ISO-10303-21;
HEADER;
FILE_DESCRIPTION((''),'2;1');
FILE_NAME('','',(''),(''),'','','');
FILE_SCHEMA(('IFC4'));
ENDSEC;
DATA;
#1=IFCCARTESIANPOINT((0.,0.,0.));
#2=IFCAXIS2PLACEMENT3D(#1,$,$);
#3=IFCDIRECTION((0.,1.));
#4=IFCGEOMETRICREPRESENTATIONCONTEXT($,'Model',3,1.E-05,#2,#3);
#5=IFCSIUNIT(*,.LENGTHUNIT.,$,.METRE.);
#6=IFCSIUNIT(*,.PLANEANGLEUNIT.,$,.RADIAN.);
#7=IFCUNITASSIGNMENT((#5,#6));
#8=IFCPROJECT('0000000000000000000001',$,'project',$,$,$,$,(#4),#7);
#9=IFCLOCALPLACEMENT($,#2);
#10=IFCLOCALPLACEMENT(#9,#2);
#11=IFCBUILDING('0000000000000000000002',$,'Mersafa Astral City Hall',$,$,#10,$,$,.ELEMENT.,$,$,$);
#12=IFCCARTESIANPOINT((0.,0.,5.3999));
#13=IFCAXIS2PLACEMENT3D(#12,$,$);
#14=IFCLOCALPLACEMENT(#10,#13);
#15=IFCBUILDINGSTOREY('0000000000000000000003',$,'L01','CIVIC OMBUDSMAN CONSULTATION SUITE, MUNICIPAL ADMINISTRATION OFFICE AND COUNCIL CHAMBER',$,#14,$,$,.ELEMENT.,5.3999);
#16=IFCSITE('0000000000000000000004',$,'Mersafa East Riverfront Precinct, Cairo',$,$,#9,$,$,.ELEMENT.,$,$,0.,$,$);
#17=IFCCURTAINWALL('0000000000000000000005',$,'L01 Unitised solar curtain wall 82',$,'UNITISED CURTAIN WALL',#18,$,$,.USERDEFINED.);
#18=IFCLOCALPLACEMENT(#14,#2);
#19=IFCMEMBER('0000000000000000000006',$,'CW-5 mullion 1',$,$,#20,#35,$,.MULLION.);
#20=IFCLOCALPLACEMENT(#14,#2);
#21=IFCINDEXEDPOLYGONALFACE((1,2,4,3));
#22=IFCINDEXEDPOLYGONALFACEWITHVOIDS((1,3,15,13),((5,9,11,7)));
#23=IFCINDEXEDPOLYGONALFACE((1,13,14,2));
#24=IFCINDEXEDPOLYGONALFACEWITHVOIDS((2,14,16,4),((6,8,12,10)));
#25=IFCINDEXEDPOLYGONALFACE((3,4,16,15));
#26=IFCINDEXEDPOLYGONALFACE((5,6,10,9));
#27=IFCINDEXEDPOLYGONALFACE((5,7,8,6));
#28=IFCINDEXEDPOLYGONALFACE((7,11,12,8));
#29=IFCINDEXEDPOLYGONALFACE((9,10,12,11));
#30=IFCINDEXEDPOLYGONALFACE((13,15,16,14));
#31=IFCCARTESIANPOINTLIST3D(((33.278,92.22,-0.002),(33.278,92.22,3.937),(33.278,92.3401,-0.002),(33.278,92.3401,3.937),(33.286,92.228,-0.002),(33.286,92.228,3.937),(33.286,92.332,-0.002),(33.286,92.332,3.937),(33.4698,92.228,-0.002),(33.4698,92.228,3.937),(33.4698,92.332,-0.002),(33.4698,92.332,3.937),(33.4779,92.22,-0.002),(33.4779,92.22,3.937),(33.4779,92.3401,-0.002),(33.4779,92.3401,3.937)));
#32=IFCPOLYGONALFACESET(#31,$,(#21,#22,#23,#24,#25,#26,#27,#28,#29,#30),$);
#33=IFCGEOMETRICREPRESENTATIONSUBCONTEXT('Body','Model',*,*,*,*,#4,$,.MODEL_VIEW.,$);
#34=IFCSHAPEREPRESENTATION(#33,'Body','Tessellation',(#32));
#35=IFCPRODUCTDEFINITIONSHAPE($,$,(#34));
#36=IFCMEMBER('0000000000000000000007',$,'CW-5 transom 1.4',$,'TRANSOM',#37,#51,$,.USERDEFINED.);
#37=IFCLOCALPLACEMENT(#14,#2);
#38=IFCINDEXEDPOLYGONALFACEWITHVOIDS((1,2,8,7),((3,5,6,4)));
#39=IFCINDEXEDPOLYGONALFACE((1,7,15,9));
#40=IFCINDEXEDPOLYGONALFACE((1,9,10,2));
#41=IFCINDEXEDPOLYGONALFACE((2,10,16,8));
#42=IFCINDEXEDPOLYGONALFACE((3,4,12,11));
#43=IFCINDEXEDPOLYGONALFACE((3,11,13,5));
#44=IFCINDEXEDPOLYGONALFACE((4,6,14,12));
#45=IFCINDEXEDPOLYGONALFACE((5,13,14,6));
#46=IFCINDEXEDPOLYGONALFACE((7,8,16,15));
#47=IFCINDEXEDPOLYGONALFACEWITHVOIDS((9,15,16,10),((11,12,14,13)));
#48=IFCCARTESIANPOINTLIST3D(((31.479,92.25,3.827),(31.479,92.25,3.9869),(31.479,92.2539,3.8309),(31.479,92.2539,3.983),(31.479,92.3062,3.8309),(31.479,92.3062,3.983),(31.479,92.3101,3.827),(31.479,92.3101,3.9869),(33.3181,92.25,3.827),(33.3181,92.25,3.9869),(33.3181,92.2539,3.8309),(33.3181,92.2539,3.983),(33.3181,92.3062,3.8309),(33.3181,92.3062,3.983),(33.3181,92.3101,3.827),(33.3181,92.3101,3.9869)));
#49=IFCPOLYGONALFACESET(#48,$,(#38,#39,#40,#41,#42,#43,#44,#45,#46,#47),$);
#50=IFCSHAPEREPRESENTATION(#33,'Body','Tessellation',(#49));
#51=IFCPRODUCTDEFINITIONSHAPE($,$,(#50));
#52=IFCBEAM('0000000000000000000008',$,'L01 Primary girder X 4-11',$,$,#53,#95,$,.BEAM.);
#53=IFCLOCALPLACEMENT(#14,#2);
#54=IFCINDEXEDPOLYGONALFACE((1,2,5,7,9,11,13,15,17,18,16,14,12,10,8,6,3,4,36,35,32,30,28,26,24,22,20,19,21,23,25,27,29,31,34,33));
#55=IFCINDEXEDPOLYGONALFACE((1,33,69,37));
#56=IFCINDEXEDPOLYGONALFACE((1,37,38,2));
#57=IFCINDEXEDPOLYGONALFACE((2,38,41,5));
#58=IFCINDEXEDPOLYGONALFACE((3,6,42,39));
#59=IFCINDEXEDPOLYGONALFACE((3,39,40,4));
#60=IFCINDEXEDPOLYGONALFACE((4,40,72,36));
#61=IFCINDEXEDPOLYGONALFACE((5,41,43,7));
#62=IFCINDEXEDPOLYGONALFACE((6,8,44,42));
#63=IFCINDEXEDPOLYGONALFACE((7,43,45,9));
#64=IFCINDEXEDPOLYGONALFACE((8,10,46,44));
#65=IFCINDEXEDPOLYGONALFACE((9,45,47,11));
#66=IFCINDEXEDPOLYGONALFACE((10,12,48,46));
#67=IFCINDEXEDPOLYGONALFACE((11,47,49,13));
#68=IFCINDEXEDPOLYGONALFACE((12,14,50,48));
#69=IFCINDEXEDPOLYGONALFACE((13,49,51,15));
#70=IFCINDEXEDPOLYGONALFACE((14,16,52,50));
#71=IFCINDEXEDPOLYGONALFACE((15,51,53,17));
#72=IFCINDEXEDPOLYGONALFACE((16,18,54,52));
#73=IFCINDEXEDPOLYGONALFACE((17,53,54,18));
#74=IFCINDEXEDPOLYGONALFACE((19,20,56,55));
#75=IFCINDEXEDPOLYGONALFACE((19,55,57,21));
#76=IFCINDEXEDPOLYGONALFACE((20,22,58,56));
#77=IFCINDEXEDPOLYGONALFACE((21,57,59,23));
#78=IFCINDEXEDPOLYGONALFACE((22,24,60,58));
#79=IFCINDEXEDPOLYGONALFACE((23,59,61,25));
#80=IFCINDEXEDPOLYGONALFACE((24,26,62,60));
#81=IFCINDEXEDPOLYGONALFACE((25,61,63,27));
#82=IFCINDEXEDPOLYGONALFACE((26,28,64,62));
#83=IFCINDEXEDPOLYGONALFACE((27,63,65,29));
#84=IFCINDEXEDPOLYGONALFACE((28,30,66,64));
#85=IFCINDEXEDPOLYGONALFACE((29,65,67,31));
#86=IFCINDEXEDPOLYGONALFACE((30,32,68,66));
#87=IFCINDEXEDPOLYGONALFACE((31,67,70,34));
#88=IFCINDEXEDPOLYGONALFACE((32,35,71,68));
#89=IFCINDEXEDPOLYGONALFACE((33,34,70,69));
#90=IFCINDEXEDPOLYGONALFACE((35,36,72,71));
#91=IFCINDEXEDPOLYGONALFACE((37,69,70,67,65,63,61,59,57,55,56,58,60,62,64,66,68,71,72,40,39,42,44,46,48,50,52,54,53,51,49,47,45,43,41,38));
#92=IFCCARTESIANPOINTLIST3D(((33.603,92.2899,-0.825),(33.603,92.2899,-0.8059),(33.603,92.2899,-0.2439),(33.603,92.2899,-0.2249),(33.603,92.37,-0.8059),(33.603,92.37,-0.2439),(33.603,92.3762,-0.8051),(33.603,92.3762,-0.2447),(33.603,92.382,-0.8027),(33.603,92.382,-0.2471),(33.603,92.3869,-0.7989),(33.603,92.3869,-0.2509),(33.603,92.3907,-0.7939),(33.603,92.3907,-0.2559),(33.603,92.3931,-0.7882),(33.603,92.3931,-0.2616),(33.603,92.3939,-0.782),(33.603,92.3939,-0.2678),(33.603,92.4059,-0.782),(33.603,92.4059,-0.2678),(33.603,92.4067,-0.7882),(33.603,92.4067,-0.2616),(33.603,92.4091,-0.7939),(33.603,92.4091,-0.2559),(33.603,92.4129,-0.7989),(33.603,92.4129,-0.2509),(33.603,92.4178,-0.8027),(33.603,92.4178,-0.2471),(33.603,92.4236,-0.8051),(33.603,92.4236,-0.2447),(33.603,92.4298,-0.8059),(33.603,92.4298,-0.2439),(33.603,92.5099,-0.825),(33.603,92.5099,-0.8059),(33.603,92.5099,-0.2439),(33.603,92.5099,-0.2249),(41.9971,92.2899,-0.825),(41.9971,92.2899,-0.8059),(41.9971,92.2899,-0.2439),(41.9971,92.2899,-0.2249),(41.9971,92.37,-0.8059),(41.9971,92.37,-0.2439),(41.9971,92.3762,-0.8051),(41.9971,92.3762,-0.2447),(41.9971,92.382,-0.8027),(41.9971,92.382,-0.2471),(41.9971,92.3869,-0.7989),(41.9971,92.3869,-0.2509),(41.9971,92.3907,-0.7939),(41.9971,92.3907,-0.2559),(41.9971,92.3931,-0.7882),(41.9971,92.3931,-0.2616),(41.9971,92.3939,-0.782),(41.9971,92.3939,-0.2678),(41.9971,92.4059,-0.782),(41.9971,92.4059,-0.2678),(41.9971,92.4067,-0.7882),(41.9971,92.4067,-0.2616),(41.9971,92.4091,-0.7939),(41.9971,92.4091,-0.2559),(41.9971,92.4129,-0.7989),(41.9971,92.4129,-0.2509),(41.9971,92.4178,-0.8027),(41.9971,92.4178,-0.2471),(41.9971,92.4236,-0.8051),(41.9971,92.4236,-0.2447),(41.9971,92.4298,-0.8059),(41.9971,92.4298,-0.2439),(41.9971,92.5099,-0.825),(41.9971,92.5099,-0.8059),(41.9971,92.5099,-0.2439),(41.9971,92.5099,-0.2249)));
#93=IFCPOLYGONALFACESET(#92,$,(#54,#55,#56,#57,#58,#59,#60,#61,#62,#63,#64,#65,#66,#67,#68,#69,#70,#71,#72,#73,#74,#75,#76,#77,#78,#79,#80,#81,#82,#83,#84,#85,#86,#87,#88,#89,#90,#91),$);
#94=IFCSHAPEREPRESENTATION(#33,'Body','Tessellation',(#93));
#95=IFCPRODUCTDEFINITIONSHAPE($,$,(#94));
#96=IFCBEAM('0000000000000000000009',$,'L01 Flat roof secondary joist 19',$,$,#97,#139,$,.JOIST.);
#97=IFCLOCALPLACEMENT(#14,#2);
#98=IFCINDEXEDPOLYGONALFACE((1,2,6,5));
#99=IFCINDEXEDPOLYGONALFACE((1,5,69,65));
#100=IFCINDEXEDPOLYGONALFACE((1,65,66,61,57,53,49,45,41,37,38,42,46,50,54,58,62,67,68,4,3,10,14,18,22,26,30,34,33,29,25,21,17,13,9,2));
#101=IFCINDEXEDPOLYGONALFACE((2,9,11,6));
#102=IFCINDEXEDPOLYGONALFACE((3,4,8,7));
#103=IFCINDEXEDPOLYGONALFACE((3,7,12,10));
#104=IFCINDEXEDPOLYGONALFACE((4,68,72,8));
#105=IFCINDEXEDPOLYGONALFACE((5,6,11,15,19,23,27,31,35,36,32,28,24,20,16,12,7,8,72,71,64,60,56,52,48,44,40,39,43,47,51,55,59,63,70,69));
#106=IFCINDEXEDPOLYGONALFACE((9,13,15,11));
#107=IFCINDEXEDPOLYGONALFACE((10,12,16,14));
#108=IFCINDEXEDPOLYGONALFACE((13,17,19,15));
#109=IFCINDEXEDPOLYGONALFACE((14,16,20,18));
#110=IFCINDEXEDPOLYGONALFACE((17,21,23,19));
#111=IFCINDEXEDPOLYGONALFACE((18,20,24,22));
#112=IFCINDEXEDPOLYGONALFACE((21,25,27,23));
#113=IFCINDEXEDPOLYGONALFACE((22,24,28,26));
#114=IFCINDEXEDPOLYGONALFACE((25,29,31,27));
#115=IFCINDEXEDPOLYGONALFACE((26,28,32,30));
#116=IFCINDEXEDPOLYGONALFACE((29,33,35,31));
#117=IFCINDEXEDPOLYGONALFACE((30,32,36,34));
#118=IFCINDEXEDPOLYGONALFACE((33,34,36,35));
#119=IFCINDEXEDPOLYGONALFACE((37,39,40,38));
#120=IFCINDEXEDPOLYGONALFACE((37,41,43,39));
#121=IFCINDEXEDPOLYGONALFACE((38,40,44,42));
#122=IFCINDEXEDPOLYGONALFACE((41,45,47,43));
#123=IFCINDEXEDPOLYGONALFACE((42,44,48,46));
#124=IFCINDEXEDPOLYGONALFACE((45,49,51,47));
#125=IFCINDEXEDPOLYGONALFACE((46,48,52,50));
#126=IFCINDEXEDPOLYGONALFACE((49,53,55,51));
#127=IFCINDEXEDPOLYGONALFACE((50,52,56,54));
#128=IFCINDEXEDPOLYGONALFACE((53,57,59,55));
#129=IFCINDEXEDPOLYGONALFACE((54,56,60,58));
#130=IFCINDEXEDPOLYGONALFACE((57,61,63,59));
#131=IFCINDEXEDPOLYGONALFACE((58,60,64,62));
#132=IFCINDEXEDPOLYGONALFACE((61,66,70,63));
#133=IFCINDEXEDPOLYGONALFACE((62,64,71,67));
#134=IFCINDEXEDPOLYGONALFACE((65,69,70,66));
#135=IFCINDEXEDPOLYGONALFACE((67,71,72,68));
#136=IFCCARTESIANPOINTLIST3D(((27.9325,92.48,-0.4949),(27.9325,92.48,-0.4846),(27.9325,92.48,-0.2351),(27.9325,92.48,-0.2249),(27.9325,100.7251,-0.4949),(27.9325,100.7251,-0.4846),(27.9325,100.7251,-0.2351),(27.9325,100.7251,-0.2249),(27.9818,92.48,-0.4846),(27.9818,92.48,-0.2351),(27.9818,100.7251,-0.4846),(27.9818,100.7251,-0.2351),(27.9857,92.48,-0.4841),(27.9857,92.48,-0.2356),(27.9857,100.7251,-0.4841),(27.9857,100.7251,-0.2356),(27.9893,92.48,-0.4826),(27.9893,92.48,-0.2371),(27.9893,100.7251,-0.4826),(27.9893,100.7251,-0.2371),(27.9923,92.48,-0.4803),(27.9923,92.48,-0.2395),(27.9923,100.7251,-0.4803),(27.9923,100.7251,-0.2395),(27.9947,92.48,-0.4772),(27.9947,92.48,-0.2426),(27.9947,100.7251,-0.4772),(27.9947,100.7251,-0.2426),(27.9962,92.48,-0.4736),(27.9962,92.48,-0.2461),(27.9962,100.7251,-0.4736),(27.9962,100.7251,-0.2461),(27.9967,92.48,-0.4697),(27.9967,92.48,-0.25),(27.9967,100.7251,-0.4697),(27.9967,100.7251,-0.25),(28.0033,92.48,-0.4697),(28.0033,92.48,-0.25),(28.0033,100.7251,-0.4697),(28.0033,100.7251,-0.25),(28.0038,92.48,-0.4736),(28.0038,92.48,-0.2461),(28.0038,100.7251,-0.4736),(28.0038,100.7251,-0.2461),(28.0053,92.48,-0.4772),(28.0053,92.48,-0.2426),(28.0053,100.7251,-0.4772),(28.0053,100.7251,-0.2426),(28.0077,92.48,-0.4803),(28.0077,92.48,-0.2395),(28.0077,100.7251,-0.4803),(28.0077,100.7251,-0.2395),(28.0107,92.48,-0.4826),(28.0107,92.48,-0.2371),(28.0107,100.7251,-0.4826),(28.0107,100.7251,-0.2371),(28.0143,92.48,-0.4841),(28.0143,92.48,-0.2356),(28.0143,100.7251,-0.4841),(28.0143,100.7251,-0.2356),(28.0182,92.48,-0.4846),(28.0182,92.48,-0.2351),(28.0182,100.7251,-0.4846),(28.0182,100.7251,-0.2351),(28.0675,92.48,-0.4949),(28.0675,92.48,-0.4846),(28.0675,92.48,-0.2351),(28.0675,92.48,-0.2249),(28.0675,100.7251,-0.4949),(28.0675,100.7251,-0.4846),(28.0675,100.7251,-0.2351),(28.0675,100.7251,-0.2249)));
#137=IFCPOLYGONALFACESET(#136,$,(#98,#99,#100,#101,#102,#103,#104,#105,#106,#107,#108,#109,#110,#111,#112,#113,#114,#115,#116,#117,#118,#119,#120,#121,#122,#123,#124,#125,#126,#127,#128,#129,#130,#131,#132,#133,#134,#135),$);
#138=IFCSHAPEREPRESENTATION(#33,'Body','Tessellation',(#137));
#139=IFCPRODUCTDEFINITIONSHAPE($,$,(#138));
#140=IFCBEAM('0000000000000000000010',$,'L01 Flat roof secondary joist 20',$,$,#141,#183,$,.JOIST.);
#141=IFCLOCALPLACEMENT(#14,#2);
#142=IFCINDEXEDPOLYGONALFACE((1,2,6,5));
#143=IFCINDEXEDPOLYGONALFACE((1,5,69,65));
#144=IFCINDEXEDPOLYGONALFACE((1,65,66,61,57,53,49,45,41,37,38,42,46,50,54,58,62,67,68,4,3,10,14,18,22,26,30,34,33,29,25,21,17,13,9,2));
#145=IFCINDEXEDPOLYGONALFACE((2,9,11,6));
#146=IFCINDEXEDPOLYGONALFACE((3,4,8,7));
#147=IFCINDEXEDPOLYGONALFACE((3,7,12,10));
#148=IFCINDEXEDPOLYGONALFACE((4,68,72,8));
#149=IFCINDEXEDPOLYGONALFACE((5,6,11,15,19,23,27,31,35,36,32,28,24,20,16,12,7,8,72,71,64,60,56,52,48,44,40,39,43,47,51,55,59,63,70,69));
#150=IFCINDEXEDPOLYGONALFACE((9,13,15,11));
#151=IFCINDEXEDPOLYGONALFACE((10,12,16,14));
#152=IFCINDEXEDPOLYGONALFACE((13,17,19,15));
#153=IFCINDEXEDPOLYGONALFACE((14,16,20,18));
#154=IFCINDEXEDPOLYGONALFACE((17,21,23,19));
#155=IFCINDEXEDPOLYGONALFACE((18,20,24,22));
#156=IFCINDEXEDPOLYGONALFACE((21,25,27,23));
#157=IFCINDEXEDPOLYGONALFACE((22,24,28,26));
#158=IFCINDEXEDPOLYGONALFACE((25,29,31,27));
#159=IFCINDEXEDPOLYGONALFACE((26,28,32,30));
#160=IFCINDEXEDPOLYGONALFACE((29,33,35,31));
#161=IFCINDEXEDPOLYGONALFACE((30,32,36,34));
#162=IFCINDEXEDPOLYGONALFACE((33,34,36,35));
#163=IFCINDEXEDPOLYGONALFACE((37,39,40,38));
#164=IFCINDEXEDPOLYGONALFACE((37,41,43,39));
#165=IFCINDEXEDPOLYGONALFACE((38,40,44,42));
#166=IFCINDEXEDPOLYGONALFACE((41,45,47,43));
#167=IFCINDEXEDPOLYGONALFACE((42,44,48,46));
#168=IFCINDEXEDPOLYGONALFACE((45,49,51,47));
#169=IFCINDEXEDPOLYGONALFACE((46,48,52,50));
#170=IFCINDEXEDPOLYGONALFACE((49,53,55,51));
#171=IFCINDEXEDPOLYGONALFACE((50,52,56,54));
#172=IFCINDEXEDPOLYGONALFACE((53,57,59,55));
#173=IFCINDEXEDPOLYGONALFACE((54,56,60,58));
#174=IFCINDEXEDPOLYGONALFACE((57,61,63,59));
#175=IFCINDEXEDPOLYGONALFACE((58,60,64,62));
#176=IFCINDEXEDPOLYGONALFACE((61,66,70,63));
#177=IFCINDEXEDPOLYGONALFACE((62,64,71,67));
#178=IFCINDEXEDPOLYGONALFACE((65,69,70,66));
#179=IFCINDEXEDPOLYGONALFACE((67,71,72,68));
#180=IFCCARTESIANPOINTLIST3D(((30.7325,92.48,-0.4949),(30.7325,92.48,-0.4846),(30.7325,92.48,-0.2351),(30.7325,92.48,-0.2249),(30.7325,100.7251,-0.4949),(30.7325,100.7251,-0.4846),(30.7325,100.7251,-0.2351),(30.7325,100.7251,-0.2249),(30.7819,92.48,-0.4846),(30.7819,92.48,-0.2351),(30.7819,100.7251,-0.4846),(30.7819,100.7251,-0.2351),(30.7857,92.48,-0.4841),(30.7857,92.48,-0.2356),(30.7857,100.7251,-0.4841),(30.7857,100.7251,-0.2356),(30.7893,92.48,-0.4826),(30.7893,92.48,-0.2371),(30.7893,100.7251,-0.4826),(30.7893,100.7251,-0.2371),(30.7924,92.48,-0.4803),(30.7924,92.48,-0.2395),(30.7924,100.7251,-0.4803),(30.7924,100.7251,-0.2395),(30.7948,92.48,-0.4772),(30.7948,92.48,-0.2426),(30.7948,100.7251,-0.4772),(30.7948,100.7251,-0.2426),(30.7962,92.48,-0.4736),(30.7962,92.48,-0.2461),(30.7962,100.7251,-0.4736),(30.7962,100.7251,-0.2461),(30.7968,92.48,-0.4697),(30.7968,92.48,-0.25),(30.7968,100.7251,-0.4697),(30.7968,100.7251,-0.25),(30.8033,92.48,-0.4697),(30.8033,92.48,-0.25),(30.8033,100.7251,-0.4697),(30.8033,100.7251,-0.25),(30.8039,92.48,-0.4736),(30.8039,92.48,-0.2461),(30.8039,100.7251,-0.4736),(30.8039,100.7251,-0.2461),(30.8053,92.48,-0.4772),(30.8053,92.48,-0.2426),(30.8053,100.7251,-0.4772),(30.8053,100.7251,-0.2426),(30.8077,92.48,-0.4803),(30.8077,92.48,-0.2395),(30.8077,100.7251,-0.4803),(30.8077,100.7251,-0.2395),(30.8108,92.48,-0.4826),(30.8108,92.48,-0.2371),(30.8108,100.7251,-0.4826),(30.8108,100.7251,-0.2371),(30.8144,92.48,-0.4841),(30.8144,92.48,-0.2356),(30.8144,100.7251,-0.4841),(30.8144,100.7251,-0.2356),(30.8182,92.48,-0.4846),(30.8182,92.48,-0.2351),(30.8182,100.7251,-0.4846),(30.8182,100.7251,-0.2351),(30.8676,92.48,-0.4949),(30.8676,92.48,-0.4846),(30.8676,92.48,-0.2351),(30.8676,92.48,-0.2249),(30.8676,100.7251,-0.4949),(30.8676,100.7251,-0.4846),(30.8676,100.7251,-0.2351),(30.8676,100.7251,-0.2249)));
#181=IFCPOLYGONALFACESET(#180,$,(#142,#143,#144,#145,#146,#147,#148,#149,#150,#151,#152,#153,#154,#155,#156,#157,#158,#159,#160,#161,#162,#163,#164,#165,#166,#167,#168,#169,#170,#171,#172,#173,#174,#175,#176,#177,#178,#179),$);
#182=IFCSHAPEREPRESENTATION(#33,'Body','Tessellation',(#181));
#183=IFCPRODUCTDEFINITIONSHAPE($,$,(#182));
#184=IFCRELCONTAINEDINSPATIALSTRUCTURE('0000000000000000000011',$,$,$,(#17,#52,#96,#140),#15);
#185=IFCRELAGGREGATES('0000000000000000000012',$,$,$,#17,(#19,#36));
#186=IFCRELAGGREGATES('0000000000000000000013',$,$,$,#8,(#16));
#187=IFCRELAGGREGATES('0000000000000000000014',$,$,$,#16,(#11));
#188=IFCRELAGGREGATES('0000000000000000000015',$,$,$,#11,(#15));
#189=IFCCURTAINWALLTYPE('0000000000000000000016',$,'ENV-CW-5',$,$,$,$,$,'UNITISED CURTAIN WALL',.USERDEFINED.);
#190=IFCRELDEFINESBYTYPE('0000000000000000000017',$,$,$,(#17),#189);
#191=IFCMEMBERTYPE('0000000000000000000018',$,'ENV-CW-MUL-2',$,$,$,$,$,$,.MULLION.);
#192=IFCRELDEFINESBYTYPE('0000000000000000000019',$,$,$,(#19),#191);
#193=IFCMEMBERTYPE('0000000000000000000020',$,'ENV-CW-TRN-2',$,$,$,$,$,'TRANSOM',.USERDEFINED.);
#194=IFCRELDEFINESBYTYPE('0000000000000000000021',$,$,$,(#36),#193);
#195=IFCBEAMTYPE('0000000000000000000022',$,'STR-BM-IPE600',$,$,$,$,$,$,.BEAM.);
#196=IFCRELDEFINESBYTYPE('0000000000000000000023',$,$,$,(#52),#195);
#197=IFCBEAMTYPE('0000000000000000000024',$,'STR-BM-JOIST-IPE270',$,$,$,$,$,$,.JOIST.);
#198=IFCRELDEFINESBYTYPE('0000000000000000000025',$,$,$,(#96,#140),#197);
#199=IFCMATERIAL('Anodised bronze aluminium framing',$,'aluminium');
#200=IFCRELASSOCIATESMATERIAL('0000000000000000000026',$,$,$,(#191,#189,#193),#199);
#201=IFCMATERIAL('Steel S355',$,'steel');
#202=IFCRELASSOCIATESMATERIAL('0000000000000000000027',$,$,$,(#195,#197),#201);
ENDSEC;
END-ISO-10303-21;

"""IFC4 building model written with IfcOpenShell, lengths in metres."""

from ifc_helpers import new_model, si_unit, direction, frame, origin, origin_2d, place, context, subcontext, project, spatial, hollow_rectangle, i_section, extrude, material, material_profile, profile_set, type_object, element, aggregate, save


model = new_model("IFC4")

# Units and contexts
model_context = context("Model", 3, precision=1e-05, world=origin(), true_north=direction((0.0, 1.0)))
body_context = subcontext(model_context, "Body", "Model", "MODEL_VIEW")
ifc_project = project(units=[si_unit("LENGTHUNIT", "METRE"), si_unit("PLANEANGLEUNIT", "RADIAN")], contexts=[model_context])

# Site, building, storey
site_placement = place(None, origin())
site = spatial("IfcSite", under=ifc_project, at=site_placement, Name="Mersafa East Riverfront Precinct, Cairo", CompositionType="ELEMENT", RefElevation=0.0)
building_placement = place(site_placement, origin())
building = spatial("IfcBuilding", under=site, at=building_placement, Name="Mersafa Astral City Hall", CompositionType="ELEMENT")
storey_placement = place(building_placement, frame((0.0, 0.0, 5.3999)))
storey = spatial("IfcBuildingStorey", under=building, at=storey_placement, Name="L01", Description="CIVIC OMBUDSMAN CONSULTATION SUITE, MUNICIPAL ADMINISTRATION OFFICE AND COUNCIL CHAMBER", CompositionType="ELEMENT", Elevation=5.3999)

# Shared definitions
ifc_material_1 = material(Name="Steel S355", Category="steel")

# Shared definitions
ifc_material_2 = material(Name="Anodised bronze aluminium framing", Category="aluminium")
ifc_material_profile_1 = material_profile(ifc_material_2, hollow_rectangle(XDim=0.1201, YDim=0.2, WallThickness=0.0081, at=origin_2d()), Name="RHS 120x200x8")
ifc_profile_set_1 = profile_set([ifc_material_profile_1], Name="Anodised bronze aluminium framing")
member_type_1 = type_object("IfcMemberType", Name="ENV-CW-MUL-2", PredefinedType="MULLION", material=ifc_profile_set_1)

# Curtain wall, members
curtain_wall_type_1 = type_object("IfcCurtainWallType", Name="ENV-CW-5", ElementType="UNITISED CURTAIN WALL", PredefinedType="USERDEFINED", material=ifc_material_2)
curtain_wall_1_placement = place(storey_placement, origin())
curtain_wall_1 = element("IfcCurtainWall", 1, at=curtain_wall_1_placement, inside=storey, type_object=curtain_wall_type_1, Name="L01 Unitised solar curtain wall 82", ObjectType="UNITISED CURTAIN WALL", PredefinedType="USERDEFINED")
member_1_placement = place(storey_placement, frame((33.3779, 92.28, -0.002), z_axis=(0.0, 0.0, 1.0), x_axis=(0.0, -1.0, 0.0)))
member_1 = element("IfcMember", 2, at=member_1_placement, type_object=member_type_1, Name="CW-5 mullion 1", PredefinedType="MULLION", context=body_context, shape_type="SweptSolid", body=[
    extrude(hollow_rectangle(XDim=0.1201, YDim=0.2, WallThickness=0.0081, at=origin_2d()), origin(), (0.0, 0.0, 1.0), 3.939),
])
ifc_material_profile_2 = material_profile(ifc_material_2, hollow_rectangle(XDim=0.0601, YDim=0.1599, WallThickness=0.0039, at=origin_2d()), Name="RHS 60x160x4")
ifc_profile_set_2 = profile_set([ifc_material_profile_2], Name="Anodised bronze aluminium framing")
member_type_2 = type_object("IfcMemberType", Name="ENV-CW-TRN-2", ElementType="TRANSOM", PredefinedType="USERDEFINED", material=ifc_profile_set_2)
member_2_placement = place(storey_placement, frame((33.3181, 92.28, 3.907), z_axis=(-1.0, 0.0, 0.0), x_axis=(0.0, -1.0, 0.0)))
member_2 = element("IfcMember", 3, at=member_2_placement, type_object=member_type_2, Name="CW-5 transom 1.4", ObjectType="TRANSOM", PredefinedType="USERDEFINED", context=body_context, shape_type="SweptSolid", body=[
    extrude(hollow_rectangle(XDim=0.0601, YDim=0.1599, WallThickness=0.0039, at=origin_2d()), origin(), (0.0, 0.0, 1.0), 1.8391),
])
aggregate(curtain_wall_1, [member_1, member_2])

# Beams
ifc_material_profile_3 = material_profile(ifc_material_1, i_section(OverallWidth=0.22, OverallDepth=0.6001, WebThickness=0.012, FlangeThickness=0.019, FilletRadius=0.0239, at=origin_2d()), Name="IPE 600")
ifc_profile_set_3 = profile_set([ifc_material_profile_3], Name="Steel S355")
beam_type_1 = type_object("IfcBeamType", Name="STR-BM-IPE600", PredefinedType="BEAM", material=ifc_profile_set_3)
beam_1_placement = place(storey_placement, frame((33.603, 92.3999, -0.5249), z_axis=(1.0, 0.0, 0.0), x_axis=(0.0, 1.0, 0.0)))
element("IfcBeam", 4, at=beam_1_placement, inside=storey, type_object=beam_type_1, Name="L01 Primary girder X 4-11", PredefinedType="BEAM", context=body_context, shape_type="SweptSolid", body=[
    extrude(i_section(OverallWidth=0.22, OverallDepth=0.6001, WebThickness=0.012, FlangeThickness=0.019, FilletRadius=0.0239, at=origin_2d()), origin(), (0.0, 0.0, 1.0), 8.394),
])
ifc_material_profile_4 = material_profile(ifc_material_1, i_section(OverallWidth=0.135, OverallDepth=0.27, WebThickness=0.0066, FlangeThickness=0.0103, FilletRadius=0.0149, at=origin_2d()), Name="IPE 270")
ifc_profile_set_4 = profile_set([ifc_material_profile_4], Name="Steel S355")
beam_type_2 = type_object("IfcBeamType", Name="STR-BM-JOIST-IPE270", PredefinedType="JOIST", material=ifc_profile_set_4)
for number, where, z_axis, x_axis, name in (
    (5, (28.0, 92.48, -0.3599), (0.0, 1.0, 0.0), (-1.0, 0.0, 0.0), "L01 Flat roof secondary joist 19"),
    (6, (30.8, 92.48, -0.3599), (0.0, 1.0, 0.0), (-1.0, 0.0, 0.0), "L01 Flat roof secondary joist 20"),
):
    element("IfcBeam", number, at=place(storey_placement, frame(where, z_axis=z_axis, x_axis=x_axis)), inside=storey, type_object=beam_type_2, Name=name, PredefinedType="JOIST", context=body_context, shape_type="SweptSolid", body=[
        extrude(i_section(OverallWidth=0.135, OverallDepth=0.27, WebThickness=0.0066, FlangeThickness=0.0103, FilletRadius=0.0149, at=origin_2d()), origin(), (0.0, 0.0, 1.0), 8.2451),
    ])

save(model, "model.ifc")
